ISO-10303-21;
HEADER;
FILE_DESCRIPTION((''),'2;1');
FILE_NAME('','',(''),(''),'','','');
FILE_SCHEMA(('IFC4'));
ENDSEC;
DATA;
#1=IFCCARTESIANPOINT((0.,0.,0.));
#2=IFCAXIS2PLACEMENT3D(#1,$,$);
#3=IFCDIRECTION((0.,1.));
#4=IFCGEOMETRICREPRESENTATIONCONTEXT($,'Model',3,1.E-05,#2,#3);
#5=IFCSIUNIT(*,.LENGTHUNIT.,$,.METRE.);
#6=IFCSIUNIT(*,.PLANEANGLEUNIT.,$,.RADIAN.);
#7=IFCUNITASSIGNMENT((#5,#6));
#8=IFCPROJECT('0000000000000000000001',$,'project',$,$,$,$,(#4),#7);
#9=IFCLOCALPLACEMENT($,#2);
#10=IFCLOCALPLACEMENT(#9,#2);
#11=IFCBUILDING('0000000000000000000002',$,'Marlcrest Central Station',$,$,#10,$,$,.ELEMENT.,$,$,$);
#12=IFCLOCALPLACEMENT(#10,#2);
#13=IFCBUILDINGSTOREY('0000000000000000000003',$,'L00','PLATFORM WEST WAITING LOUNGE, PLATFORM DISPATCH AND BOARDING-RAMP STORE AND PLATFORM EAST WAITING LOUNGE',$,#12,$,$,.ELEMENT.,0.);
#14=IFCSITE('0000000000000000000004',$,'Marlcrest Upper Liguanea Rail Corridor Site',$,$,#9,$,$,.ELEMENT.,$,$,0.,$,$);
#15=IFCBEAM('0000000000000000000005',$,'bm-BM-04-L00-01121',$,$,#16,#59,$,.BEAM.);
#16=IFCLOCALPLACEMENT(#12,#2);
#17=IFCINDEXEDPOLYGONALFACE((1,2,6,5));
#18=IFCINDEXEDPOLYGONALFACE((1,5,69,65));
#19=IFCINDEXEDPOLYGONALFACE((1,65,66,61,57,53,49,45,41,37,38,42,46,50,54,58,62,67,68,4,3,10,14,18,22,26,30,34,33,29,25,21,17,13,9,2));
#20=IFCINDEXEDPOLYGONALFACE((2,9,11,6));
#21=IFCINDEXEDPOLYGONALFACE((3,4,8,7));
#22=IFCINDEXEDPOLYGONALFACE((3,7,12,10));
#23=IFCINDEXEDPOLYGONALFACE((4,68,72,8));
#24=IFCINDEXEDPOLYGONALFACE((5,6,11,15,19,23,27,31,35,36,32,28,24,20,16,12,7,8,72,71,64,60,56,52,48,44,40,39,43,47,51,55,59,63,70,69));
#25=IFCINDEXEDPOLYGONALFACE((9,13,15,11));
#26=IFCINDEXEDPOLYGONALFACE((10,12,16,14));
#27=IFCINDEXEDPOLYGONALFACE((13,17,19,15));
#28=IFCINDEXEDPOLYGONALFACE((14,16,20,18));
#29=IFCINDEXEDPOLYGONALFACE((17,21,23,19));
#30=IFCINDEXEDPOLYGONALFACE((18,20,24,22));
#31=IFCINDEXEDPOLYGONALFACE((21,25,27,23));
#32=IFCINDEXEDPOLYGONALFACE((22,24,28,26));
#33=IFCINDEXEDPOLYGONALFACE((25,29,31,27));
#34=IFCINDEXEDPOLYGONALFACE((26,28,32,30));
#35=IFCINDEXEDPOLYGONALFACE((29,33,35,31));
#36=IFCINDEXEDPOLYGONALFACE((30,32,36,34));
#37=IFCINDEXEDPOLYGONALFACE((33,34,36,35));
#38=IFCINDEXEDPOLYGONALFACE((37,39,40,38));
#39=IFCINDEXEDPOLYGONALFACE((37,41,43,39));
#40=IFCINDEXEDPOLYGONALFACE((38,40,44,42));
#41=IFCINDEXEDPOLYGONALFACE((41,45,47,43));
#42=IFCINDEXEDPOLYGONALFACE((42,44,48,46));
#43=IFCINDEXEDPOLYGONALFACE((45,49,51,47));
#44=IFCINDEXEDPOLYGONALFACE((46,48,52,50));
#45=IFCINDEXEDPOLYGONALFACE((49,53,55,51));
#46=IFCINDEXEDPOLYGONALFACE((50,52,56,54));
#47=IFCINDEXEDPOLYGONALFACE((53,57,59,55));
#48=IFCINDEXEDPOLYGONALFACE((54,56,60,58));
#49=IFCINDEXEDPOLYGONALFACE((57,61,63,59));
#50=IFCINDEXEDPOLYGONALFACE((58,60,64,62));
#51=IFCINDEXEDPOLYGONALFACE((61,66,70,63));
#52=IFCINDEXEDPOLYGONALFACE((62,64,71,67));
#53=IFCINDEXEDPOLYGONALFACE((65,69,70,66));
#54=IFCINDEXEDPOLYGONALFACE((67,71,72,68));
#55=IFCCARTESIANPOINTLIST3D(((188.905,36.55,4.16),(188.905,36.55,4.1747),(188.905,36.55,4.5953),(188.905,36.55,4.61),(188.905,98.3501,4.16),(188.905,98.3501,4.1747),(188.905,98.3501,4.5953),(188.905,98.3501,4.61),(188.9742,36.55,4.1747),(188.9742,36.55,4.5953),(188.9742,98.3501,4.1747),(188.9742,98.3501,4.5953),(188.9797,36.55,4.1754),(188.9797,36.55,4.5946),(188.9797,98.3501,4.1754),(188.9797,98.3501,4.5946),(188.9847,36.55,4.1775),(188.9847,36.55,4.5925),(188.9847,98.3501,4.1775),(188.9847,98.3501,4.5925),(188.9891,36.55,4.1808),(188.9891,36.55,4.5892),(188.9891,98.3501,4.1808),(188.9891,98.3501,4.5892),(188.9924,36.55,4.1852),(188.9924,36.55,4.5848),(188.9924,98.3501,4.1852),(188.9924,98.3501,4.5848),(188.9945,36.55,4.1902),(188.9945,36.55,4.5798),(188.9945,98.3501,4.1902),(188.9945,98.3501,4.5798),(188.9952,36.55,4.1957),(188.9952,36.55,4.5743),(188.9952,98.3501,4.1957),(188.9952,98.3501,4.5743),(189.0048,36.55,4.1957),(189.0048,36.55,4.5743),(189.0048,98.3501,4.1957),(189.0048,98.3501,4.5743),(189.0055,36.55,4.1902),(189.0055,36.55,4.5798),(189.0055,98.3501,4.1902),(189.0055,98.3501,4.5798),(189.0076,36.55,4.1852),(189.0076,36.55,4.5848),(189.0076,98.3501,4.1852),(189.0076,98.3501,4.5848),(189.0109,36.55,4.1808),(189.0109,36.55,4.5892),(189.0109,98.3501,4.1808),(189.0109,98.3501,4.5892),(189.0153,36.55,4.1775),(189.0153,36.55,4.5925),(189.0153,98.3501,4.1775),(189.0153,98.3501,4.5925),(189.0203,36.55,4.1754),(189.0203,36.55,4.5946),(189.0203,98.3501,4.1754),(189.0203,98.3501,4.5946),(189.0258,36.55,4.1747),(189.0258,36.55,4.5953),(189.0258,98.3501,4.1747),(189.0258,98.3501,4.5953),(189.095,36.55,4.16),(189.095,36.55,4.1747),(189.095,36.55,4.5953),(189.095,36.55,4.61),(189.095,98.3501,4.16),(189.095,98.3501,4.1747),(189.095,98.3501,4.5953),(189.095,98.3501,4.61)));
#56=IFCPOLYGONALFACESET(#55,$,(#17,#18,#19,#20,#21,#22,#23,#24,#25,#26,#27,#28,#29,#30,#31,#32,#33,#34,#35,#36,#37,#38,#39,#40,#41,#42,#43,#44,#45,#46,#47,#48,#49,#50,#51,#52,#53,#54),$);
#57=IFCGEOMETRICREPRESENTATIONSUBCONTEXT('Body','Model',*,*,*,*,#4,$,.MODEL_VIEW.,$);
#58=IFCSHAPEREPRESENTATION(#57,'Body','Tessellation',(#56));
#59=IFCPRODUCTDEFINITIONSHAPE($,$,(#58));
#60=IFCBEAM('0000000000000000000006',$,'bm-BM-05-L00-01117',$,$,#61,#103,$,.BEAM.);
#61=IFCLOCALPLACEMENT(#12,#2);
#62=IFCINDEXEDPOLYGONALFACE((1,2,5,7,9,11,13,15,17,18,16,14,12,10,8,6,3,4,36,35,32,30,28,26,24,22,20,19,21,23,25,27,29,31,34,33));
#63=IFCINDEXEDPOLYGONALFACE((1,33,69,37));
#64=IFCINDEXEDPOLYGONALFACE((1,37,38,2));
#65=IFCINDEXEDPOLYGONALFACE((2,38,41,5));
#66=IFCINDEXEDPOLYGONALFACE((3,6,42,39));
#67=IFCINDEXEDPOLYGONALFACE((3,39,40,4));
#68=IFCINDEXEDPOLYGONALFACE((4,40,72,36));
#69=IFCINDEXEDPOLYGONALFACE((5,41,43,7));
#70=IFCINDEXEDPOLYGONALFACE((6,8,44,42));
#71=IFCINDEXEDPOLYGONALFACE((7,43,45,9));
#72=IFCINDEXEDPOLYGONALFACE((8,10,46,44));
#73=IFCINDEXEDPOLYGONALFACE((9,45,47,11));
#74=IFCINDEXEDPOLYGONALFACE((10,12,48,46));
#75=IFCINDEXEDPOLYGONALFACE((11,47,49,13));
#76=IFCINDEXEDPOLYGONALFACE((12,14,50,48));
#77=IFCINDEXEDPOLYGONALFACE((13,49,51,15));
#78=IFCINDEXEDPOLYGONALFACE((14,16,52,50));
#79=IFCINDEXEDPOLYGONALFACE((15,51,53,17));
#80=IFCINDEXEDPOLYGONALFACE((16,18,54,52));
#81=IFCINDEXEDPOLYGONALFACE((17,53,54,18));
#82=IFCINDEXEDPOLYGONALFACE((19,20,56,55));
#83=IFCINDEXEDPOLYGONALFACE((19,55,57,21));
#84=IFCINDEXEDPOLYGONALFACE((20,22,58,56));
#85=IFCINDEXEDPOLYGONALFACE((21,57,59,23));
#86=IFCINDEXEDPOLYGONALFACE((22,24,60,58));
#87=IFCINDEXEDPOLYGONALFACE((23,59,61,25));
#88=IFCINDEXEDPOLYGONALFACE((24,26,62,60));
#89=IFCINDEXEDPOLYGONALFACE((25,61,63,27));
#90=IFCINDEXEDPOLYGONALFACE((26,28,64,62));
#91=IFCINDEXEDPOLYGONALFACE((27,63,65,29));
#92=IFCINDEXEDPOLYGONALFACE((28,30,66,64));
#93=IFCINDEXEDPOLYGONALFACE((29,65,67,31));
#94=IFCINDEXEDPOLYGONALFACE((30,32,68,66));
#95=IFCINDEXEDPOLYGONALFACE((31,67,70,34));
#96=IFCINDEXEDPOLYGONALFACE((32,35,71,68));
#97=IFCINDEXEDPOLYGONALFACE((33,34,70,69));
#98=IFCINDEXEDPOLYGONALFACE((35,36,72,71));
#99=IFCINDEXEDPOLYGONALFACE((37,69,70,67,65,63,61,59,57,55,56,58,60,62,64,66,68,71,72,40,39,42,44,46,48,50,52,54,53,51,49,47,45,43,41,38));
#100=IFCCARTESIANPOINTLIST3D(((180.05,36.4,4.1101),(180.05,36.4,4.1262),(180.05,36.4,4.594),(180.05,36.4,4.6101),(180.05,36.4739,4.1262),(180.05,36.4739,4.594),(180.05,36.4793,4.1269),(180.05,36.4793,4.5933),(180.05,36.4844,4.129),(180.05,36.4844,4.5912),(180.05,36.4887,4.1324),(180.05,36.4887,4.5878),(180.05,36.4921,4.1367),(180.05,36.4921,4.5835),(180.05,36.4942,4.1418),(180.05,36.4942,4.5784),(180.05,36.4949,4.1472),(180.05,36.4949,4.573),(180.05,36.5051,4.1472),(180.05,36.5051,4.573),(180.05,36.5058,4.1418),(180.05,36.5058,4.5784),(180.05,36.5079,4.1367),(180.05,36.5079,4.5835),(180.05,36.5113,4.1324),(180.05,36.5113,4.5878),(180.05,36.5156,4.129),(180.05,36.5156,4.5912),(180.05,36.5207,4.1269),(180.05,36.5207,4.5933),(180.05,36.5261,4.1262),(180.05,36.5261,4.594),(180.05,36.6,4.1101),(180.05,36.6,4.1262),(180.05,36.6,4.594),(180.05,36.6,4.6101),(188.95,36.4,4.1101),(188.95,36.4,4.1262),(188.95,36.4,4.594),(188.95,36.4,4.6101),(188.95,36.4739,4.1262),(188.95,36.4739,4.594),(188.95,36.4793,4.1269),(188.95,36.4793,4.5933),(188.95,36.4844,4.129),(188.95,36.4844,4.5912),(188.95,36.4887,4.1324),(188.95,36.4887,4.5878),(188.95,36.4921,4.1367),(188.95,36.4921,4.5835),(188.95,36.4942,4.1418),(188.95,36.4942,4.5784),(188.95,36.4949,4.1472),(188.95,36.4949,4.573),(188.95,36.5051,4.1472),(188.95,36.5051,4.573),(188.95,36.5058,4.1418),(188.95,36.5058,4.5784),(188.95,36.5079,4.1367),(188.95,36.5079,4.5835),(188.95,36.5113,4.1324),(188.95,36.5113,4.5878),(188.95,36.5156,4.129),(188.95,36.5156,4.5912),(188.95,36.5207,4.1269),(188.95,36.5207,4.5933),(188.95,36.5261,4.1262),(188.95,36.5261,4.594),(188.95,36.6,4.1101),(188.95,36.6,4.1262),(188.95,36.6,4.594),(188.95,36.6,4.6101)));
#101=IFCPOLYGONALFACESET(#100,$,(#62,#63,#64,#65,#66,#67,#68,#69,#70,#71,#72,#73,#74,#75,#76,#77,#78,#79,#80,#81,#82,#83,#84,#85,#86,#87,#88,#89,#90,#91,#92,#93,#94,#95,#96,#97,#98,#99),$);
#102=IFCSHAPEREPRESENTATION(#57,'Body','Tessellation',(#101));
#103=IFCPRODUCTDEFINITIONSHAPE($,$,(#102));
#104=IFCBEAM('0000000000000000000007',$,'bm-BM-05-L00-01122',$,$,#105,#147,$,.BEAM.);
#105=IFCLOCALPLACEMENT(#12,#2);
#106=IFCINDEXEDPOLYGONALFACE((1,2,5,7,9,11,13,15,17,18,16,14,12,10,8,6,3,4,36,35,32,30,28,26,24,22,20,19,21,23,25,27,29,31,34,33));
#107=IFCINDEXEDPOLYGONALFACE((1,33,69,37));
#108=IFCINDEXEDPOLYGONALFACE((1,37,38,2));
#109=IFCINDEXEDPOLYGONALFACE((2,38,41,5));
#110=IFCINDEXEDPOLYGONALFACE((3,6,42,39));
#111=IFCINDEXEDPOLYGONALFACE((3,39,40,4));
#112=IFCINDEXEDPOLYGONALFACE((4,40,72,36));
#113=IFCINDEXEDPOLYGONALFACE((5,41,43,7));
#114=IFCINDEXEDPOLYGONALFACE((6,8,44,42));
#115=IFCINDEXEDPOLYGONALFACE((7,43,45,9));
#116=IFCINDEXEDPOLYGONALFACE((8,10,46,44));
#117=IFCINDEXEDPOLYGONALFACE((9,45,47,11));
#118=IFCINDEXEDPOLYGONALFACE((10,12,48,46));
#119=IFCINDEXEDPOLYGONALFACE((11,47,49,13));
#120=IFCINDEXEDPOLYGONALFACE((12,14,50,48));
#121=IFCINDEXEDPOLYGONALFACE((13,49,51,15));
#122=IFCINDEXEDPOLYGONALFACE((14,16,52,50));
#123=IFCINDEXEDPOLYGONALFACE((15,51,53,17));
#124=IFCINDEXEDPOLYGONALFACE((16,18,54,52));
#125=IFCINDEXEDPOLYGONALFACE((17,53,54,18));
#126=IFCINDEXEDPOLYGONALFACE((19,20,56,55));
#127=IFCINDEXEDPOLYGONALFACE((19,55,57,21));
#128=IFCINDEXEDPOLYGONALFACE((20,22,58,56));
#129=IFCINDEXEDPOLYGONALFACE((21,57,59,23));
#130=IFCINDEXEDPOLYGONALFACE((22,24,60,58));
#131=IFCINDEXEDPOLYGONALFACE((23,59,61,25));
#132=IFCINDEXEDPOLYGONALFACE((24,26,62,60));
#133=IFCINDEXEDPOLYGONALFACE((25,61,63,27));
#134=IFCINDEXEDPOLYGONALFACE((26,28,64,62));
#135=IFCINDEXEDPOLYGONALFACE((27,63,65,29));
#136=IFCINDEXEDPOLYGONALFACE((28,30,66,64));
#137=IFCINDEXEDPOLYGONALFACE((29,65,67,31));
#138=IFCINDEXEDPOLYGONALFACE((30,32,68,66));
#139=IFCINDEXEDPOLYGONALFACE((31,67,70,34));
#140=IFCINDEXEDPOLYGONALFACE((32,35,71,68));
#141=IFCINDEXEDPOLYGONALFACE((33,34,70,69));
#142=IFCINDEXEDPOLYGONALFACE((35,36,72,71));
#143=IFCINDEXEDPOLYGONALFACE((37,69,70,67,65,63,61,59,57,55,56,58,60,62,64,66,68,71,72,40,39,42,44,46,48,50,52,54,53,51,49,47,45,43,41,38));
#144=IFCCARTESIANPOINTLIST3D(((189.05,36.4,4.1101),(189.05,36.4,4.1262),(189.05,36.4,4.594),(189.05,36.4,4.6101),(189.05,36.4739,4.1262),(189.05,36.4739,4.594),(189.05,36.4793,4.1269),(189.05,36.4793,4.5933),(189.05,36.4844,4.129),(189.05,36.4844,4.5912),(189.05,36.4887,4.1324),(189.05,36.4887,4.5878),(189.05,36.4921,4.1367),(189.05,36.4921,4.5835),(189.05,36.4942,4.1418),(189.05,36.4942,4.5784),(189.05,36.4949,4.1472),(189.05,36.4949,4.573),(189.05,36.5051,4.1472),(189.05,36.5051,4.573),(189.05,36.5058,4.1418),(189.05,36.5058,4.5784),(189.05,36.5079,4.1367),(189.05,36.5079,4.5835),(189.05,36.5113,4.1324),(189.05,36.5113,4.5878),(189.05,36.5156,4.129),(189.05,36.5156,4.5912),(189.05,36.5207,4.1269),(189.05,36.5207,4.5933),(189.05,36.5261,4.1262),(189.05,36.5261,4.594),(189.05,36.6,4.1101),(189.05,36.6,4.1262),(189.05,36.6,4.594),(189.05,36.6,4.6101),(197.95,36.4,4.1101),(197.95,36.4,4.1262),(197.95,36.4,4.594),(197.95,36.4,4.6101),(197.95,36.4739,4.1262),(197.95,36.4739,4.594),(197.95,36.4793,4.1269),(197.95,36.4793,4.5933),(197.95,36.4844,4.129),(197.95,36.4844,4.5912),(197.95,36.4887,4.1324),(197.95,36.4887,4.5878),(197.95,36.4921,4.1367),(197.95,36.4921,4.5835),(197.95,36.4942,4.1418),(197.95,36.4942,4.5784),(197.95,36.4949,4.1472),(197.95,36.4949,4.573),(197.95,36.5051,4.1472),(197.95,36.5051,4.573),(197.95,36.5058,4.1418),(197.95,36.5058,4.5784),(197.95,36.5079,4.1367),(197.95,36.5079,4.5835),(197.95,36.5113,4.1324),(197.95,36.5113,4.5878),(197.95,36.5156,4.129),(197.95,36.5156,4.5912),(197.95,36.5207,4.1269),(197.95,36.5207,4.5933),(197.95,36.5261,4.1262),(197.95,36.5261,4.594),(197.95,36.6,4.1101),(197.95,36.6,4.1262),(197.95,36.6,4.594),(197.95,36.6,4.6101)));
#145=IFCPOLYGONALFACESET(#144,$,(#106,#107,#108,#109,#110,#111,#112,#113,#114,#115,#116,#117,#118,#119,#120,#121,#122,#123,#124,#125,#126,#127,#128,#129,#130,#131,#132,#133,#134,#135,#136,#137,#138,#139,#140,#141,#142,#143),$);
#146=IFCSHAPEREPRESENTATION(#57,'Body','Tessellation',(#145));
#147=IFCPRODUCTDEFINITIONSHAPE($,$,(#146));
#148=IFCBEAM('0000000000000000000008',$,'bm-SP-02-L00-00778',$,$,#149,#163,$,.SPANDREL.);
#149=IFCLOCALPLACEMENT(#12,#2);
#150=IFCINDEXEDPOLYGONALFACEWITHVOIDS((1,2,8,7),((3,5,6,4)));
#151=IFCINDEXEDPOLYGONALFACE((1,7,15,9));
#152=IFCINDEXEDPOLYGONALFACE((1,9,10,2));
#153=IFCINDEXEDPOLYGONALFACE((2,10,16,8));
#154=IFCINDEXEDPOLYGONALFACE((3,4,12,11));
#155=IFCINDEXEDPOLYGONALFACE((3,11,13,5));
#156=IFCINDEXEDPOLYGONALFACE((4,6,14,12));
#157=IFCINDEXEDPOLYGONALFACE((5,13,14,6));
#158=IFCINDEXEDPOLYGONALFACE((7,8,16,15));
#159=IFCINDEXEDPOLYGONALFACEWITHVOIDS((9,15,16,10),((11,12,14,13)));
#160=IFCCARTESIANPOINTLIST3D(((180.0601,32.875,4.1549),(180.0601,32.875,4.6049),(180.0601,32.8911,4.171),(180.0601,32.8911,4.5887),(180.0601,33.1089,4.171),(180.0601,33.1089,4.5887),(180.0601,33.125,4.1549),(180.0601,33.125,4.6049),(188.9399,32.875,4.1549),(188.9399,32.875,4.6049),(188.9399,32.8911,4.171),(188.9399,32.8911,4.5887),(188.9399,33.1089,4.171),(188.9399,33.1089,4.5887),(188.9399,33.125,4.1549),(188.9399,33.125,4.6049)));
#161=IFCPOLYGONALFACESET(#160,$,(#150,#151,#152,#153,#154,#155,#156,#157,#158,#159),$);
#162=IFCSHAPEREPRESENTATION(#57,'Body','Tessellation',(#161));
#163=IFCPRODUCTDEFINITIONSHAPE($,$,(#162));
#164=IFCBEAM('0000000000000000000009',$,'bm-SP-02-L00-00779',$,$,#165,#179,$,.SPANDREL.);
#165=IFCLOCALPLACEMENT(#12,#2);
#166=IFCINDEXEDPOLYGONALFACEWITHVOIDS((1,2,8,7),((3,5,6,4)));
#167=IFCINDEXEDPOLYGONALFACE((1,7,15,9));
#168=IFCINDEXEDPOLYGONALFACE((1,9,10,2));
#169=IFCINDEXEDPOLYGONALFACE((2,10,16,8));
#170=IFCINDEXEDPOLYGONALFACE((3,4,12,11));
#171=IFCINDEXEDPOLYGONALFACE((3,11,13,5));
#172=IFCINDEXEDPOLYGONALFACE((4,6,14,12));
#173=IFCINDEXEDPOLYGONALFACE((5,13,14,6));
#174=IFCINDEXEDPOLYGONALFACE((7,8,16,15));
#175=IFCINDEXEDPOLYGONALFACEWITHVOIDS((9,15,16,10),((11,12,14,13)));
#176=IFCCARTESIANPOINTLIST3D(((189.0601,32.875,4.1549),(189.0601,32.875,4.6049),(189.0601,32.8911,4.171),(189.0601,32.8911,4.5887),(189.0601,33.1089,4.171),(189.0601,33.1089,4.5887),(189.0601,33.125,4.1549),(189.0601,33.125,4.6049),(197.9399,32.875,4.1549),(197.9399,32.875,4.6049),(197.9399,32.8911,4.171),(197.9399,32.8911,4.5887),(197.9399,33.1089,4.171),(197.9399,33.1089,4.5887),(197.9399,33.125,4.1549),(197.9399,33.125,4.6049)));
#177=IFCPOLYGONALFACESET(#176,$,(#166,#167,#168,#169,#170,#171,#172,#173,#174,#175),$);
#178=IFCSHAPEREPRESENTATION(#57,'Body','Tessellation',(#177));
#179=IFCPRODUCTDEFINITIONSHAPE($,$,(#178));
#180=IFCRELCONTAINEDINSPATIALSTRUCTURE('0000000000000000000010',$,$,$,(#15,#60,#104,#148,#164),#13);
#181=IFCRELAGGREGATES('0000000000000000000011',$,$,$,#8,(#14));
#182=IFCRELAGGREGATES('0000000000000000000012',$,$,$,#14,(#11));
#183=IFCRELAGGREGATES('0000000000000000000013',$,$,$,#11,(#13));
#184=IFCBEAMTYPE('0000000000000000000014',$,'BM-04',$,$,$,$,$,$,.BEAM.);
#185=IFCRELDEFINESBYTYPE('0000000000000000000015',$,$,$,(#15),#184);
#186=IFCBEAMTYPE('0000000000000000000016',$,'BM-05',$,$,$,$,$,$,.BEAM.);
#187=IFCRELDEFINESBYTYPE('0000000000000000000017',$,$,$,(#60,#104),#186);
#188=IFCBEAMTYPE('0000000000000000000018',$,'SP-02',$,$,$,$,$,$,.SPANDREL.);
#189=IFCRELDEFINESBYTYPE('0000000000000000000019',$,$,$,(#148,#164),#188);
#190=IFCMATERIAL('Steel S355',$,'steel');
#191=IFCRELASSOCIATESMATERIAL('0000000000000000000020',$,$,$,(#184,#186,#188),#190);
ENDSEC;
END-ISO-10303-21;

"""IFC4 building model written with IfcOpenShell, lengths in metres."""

from ifc_helpers import new_model, si_unit, direction, frame, origin, origin_2d, place, context, subcontext, project, spatial, hollow_rectangle, i_section, extrude, material, material_profile, profile_set, type_object, element, save


model = new_model("IFC4")

# Units and contexts
model_context = context("Model", 3, precision=1e-05, world=origin(), true_north=direction((0.0, 1.0)))
body_context = subcontext(model_context, "Body", "Model", "MODEL_VIEW")
ifc_project = project(units=[si_unit("LENGTHUNIT", "METRE"), si_unit("PLANEANGLEUNIT", "RADIAN")], contexts=[model_context])

# Site, building, storey
site_placement = place(None, origin())
site = spatial("IfcSite", under=ifc_project, at=site_placement, Name="Marlcrest Upper Liguanea Rail Corridor Site", CompositionType="ELEMENT", RefElevation=0.0)
building_placement = place(site_placement, origin())
building = spatial("IfcBuilding", under=site, at=building_placement, Name="Marlcrest Central Station", CompositionType="ELEMENT")
storey_placement = place(building_placement, origin())
storey = spatial("IfcBuildingStorey", under=building, at=storey_placement, Name="L00", Description="PLATFORM WEST WAITING LOUNGE, PLATFORM DISPATCH AND BOARDING-RAMP STORE AND PLATFORM EAST WAITING LOUNGE", CompositionType="ELEMENT", Elevation=0.0)

# Beams
ifc_material_1 = material(Name="Steel S355", Category="steel")
ifc_material_profile_1 = material_profile(ifc_material_1, i_section(OverallWidth=0.1899, OverallDepth=0.45, WebThickness=0.0095, FlangeThickness=0.0146, FilletRadius=0.021, at=origin_2d()), Name="IPE 450")
ifc_profile_set_1 = profile_set([ifc_material_profile_1], Name="Steel S355")
beam_type_1 = type_object("IfcBeamType", Name="BM-04", PredefinedType="BEAM", material=ifc_profile_set_1)
beam_1_placement = place(storey_placement, frame((189.0, 36.55, 4.385), z_axis=(0.0, 1.0, 0.0), x_axis=(-1.0, 0.0, 0.0)))
element("IfcBeam", 1, at=beam_1_placement, inside=storey, type_object=beam_type_1, Name="bm-BM-04-L00-01121", PredefinedType="BEAM", context=body_context, shape_type="SweptSolid", body=[
    extrude(i_section(OverallWidth=0.1899, OverallDepth=0.45, WebThickness=0.0095, FlangeThickness=0.0146, FilletRadius=0.021, at=origin_2d()), origin(), (0.0, 0.0, 1.0), 61.8),
])
ifc_material_profile_2 = material_profile(ifc_material_1, i_section(OverallWidth=0.2, OverallDepth=0.5, WebThickness=0.0103, FlangeThickness=0.0161, FilletRadius=0.021, at=origin_2d()), Name="IPE 500")
ifc_profile_set_2 = profile_set([ifc_material_profile_2], Name="Steel S355")
beam_type_2 = type_object("IfcBeamType", Name="BM-05", PredefinedType="BEAM", material=ifc_profile_set_2)
for number, where, z_axis, x_axis, name in (
    (2, (180.05, 36.5, 4.3601), (1.0, 0.0, 0.0), (0.0, 1.0, 0.0), "bm-BM-05-L00-01117"),
    (3, (189.05, 36.5, 4.3601), (1.0, 0.0, 0.0), (0.0, 1.0, 0.0), "bm-BM-05-L00-01122"),
):
    element("IfcBeam", number, at=place(storey_placement, frame(where, z_axis=z_axis, x_axis=x_axis)), inside=storey, type_object=beam_type_2, Name=name, PredefinedType="BEAM", context=body_context, shape_type="SweptSolid", body=[
        extrude(i_section(OverallWidth=0.2, OverallDepth=0.5, WebThickness=0.0103, FlangeThickness=0.0161, FilletRadius=0.021, at=origin_2d()), origin(), (0.0, 0.0, 1.0), 8.8999),
    ])
ifc_material_profile_3 = material_profile(ifc_material_1, hollow_rectangle(XDim=0.25, YDim=0.45, WallThickness=0.0161, at=origin_2d()), Name="RHS 450x250x16")
ifc_profile_set_3 = profile_set([ifc_material_profile_3], Name="Steel S355")
beam_type_3 = type_object("IfcBeamType", Name="SP-02", PredefinedType="SPANDREL", material=ifc_profile_set_3)
for number, where, z_axis, x_axis, name in (
    (4, (180.0601, 33.0, 4.3799), (1.0, 0.0, 0.0), (0.0, 1.0, 0.0), "bm-SP-02-L00-00778"),
    (5, (189.0601, 33.0, 4.3799), (1.0, 0.0, 0.0), (0.0, 1.0, 0.0), "bm-SP-02-L00-00779"),
):
    element("IfcBeam", number, at=place(storey_placement, frame(where, z_axis=z_axis, x_axis=x_axis)), inside=storey, type_object=beam_type_3, Name=name, PredefinedType="SPANDREL", context=body_context, shape_type="SweptSolid", body=[
        extrude(hollow_rectangle(XDim=0.25, YDim=0.45, WallThickness=0.0161, at=origin_2d()), origin(), (0.0, 0.0, 1.0), 8.8799),
    ])

save(model, "model.ifc")
